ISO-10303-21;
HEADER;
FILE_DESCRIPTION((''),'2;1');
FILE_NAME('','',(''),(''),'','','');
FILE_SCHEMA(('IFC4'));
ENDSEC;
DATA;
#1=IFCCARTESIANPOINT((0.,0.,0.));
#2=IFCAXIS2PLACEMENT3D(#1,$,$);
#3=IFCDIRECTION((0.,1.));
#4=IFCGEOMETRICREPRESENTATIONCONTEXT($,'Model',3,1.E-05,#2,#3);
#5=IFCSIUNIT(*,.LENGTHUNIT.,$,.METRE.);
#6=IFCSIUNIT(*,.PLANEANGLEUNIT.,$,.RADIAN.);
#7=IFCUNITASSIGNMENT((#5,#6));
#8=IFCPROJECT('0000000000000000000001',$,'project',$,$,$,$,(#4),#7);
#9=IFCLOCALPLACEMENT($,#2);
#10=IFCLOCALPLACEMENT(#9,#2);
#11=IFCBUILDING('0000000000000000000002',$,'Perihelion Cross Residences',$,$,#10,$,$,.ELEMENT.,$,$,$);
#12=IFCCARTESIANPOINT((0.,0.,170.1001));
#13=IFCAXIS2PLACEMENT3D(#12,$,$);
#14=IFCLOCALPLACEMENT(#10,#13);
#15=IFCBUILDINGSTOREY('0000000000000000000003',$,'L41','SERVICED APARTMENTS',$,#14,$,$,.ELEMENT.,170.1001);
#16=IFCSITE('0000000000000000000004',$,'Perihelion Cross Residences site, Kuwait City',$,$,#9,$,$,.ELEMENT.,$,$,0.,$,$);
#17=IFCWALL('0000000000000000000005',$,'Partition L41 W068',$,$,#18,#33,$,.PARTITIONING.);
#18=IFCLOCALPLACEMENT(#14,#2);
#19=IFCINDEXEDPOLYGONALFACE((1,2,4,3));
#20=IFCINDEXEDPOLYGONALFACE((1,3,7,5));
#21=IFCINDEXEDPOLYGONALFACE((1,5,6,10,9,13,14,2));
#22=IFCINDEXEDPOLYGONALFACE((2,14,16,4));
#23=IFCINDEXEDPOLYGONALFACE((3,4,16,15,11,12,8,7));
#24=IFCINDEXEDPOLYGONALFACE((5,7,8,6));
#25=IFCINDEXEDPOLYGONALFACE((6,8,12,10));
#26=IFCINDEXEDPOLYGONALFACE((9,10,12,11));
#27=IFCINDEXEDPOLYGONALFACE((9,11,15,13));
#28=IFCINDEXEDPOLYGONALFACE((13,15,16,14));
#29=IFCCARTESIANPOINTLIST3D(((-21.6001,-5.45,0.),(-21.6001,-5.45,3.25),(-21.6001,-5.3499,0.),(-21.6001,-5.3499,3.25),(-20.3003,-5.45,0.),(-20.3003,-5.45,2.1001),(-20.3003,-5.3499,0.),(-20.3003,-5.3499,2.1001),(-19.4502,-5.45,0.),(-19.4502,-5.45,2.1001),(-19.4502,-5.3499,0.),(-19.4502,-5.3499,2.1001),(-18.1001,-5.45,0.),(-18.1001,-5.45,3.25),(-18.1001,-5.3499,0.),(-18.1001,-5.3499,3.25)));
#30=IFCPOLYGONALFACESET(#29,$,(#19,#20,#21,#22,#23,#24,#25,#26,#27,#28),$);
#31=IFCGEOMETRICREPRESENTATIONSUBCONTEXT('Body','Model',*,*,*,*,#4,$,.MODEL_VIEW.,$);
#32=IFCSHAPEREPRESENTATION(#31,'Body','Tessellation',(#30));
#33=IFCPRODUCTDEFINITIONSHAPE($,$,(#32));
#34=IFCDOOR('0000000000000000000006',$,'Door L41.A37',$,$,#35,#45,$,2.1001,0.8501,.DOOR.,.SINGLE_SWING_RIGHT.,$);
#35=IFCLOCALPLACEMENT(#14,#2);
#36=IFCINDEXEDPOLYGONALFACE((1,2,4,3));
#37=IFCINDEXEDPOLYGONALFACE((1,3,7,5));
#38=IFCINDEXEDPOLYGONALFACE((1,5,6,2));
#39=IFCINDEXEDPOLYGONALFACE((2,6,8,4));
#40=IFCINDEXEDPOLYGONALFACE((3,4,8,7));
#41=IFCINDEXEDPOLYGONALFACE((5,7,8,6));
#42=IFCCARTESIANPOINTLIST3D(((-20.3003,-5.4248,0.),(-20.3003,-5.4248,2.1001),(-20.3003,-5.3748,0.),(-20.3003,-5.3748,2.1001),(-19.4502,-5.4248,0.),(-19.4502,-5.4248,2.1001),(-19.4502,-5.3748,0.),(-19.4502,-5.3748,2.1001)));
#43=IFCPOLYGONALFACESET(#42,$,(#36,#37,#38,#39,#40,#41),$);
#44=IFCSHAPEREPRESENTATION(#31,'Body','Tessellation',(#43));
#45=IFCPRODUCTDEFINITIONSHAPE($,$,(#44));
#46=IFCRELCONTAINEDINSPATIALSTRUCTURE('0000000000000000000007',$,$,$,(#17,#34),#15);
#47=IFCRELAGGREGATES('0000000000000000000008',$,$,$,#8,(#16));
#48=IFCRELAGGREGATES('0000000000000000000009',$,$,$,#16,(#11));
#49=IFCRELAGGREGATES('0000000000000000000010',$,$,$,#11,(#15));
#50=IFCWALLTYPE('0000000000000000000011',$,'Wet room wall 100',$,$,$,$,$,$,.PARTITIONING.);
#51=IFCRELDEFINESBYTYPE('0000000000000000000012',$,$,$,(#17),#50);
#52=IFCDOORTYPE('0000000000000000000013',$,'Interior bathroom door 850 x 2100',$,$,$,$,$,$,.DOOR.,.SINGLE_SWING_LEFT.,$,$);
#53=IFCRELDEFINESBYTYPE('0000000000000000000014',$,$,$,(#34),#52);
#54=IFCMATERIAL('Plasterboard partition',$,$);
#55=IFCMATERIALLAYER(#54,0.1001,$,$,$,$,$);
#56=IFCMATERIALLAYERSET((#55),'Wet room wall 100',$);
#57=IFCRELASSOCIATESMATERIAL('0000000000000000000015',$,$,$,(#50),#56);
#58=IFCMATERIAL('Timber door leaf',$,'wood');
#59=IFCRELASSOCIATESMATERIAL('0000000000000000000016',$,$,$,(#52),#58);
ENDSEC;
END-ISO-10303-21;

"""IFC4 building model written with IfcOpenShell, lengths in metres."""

from ifc_helpers import new_model, si_unit, direction, frame, frame_2d, origin, place, context, subcontext, project, spatial, rectangle, extrude, material, layer, layer_set, type_object, element, fill, save


model = new_model("IFC4")

# Units and contexts
model_context = context("Model", 3, precision=1e-05, world=origin(), true_north=direction((0.0, 1.0)))
body_context = subcontext(model_context, "Body", "Model", "MODEL_VIEW")
ifc_project = project(units=[si_unit("LENGTHUNIT", "METRE"), si_unit("PLANEANGLEUNIT", "RADIAN")], contexts=[model_context])

# Site, building, storey
site_placement = place(None, origin())
site = spatial("IfcSite", under=ifc_project, at=site_placement, Name="Perihelion Cross Residences site, Kuwait City", CompositionType="ELEMENT", RefElevation=0.0)
building_placement = place(site_placement, origin())
building = spatial("IfcBuilding", under=site, at=building_placement, Name="Perihelion Cross Residences", CompositionType="ELEMENT")
storey_placement = place(building_placement, frame((0.0, 0.0, 170.1001)))
storey = spatial("IfcBuildingStorey", under=building, at=storey_placement, Name="L41", Description="SERVICED APARTMENTS", CompositionType="ELEMENT", Elevation=170.1001)

# Shared definitions
ifc_material_1 = material(Name="Plasterboard partition")
ifc_layer_1 = layer(ifc_material_1, 0.1001)
ifc_layer_set_1 = layer_set([ifc_layer_1], Name="Wet room wall 100")
wall_type_1 = type_object("IfcWallType", Name="Wet room wall 100", PredefinedType="PARTITIONING", material=ifc_layer_set_1)
ifc_material_2 = material(Name="Timber door leaf", Category="wood")
door_type_1 = type_object("IfcDoorType", Name="Interior bathroom door 850 x 2100", OperationType="SINGLE_SWING_LEFT", PredefinedType="DOOR", material=ifc_material_2)

# Wall, opening, door
wall_1_placement = place(storey_placement, frame((-18.1001, -5.3999, 0.0), z_axis=(0.0, 0.0, 1.0), x_axis=(-1.0, 0.0, 0.0)))
wall_1 = element("IfcWall", 1, at=wall_1_placement, inside=storey, type_object=wall_type_1, Name="Partition L41 W068", PredefinedType="PARTITIONING", context=body_context, shape_type="SweptSolid", body=[
    extrude(rectangle(XDim=3.5, YDim=0.1001, at=frame_2d((1.75, 0.0))), origin(), (0.0, 0.0, 1.0), 3.25),
])
opening_1_placement = place(wall_1_placement, frame((1.3501, 0.0, 0.0)))
opening_1 = element("IfcOpeningElement", 2, at=opening_1_placement, cuts=wall_1, PredefinedType="OPENING", context=body_context, shape_type="SweptSolid", body=[
    extrude(rectangle(XDim=0.8501, YDim=2.1001, at=frame_2d((0.425, 1.05))), frame((0.0, 0.0601, 0.0), z_axis=(0.0, -1.0, 0.0), x_axis=(1.0, 0.0, 0.0)), (0.0, 0.0, 1.0), 0.1201),
])
door_1_placement = place(opening_1_placement, origin())
door_1 = element("IfcDoor", 3, at=door_1_placement, inside=storey, type_object=door_type_1, Name="Door L41.A37", OperationType="SINGLE_SWING_RIGHT", OverallHeight=2.1001, OverallWidth=0.8501, PredefinedType="DOOR", context=body_context, shape_type="SweptSolid", body=[
    extrude(rectangle(XDim=0.8501, YDim=2.1001, at=frame_2d((0.425, 1.05))), frame((0.0, 0.0249, 0.0), z_axis=(0.0, -1.0, 0.0), x_axis=(1.0, 0.0, 0.0)), (0.0, 0.0, 1.0), 0.05),
])
fill(opening_1, door_1)

save(model, "model.ifc")
